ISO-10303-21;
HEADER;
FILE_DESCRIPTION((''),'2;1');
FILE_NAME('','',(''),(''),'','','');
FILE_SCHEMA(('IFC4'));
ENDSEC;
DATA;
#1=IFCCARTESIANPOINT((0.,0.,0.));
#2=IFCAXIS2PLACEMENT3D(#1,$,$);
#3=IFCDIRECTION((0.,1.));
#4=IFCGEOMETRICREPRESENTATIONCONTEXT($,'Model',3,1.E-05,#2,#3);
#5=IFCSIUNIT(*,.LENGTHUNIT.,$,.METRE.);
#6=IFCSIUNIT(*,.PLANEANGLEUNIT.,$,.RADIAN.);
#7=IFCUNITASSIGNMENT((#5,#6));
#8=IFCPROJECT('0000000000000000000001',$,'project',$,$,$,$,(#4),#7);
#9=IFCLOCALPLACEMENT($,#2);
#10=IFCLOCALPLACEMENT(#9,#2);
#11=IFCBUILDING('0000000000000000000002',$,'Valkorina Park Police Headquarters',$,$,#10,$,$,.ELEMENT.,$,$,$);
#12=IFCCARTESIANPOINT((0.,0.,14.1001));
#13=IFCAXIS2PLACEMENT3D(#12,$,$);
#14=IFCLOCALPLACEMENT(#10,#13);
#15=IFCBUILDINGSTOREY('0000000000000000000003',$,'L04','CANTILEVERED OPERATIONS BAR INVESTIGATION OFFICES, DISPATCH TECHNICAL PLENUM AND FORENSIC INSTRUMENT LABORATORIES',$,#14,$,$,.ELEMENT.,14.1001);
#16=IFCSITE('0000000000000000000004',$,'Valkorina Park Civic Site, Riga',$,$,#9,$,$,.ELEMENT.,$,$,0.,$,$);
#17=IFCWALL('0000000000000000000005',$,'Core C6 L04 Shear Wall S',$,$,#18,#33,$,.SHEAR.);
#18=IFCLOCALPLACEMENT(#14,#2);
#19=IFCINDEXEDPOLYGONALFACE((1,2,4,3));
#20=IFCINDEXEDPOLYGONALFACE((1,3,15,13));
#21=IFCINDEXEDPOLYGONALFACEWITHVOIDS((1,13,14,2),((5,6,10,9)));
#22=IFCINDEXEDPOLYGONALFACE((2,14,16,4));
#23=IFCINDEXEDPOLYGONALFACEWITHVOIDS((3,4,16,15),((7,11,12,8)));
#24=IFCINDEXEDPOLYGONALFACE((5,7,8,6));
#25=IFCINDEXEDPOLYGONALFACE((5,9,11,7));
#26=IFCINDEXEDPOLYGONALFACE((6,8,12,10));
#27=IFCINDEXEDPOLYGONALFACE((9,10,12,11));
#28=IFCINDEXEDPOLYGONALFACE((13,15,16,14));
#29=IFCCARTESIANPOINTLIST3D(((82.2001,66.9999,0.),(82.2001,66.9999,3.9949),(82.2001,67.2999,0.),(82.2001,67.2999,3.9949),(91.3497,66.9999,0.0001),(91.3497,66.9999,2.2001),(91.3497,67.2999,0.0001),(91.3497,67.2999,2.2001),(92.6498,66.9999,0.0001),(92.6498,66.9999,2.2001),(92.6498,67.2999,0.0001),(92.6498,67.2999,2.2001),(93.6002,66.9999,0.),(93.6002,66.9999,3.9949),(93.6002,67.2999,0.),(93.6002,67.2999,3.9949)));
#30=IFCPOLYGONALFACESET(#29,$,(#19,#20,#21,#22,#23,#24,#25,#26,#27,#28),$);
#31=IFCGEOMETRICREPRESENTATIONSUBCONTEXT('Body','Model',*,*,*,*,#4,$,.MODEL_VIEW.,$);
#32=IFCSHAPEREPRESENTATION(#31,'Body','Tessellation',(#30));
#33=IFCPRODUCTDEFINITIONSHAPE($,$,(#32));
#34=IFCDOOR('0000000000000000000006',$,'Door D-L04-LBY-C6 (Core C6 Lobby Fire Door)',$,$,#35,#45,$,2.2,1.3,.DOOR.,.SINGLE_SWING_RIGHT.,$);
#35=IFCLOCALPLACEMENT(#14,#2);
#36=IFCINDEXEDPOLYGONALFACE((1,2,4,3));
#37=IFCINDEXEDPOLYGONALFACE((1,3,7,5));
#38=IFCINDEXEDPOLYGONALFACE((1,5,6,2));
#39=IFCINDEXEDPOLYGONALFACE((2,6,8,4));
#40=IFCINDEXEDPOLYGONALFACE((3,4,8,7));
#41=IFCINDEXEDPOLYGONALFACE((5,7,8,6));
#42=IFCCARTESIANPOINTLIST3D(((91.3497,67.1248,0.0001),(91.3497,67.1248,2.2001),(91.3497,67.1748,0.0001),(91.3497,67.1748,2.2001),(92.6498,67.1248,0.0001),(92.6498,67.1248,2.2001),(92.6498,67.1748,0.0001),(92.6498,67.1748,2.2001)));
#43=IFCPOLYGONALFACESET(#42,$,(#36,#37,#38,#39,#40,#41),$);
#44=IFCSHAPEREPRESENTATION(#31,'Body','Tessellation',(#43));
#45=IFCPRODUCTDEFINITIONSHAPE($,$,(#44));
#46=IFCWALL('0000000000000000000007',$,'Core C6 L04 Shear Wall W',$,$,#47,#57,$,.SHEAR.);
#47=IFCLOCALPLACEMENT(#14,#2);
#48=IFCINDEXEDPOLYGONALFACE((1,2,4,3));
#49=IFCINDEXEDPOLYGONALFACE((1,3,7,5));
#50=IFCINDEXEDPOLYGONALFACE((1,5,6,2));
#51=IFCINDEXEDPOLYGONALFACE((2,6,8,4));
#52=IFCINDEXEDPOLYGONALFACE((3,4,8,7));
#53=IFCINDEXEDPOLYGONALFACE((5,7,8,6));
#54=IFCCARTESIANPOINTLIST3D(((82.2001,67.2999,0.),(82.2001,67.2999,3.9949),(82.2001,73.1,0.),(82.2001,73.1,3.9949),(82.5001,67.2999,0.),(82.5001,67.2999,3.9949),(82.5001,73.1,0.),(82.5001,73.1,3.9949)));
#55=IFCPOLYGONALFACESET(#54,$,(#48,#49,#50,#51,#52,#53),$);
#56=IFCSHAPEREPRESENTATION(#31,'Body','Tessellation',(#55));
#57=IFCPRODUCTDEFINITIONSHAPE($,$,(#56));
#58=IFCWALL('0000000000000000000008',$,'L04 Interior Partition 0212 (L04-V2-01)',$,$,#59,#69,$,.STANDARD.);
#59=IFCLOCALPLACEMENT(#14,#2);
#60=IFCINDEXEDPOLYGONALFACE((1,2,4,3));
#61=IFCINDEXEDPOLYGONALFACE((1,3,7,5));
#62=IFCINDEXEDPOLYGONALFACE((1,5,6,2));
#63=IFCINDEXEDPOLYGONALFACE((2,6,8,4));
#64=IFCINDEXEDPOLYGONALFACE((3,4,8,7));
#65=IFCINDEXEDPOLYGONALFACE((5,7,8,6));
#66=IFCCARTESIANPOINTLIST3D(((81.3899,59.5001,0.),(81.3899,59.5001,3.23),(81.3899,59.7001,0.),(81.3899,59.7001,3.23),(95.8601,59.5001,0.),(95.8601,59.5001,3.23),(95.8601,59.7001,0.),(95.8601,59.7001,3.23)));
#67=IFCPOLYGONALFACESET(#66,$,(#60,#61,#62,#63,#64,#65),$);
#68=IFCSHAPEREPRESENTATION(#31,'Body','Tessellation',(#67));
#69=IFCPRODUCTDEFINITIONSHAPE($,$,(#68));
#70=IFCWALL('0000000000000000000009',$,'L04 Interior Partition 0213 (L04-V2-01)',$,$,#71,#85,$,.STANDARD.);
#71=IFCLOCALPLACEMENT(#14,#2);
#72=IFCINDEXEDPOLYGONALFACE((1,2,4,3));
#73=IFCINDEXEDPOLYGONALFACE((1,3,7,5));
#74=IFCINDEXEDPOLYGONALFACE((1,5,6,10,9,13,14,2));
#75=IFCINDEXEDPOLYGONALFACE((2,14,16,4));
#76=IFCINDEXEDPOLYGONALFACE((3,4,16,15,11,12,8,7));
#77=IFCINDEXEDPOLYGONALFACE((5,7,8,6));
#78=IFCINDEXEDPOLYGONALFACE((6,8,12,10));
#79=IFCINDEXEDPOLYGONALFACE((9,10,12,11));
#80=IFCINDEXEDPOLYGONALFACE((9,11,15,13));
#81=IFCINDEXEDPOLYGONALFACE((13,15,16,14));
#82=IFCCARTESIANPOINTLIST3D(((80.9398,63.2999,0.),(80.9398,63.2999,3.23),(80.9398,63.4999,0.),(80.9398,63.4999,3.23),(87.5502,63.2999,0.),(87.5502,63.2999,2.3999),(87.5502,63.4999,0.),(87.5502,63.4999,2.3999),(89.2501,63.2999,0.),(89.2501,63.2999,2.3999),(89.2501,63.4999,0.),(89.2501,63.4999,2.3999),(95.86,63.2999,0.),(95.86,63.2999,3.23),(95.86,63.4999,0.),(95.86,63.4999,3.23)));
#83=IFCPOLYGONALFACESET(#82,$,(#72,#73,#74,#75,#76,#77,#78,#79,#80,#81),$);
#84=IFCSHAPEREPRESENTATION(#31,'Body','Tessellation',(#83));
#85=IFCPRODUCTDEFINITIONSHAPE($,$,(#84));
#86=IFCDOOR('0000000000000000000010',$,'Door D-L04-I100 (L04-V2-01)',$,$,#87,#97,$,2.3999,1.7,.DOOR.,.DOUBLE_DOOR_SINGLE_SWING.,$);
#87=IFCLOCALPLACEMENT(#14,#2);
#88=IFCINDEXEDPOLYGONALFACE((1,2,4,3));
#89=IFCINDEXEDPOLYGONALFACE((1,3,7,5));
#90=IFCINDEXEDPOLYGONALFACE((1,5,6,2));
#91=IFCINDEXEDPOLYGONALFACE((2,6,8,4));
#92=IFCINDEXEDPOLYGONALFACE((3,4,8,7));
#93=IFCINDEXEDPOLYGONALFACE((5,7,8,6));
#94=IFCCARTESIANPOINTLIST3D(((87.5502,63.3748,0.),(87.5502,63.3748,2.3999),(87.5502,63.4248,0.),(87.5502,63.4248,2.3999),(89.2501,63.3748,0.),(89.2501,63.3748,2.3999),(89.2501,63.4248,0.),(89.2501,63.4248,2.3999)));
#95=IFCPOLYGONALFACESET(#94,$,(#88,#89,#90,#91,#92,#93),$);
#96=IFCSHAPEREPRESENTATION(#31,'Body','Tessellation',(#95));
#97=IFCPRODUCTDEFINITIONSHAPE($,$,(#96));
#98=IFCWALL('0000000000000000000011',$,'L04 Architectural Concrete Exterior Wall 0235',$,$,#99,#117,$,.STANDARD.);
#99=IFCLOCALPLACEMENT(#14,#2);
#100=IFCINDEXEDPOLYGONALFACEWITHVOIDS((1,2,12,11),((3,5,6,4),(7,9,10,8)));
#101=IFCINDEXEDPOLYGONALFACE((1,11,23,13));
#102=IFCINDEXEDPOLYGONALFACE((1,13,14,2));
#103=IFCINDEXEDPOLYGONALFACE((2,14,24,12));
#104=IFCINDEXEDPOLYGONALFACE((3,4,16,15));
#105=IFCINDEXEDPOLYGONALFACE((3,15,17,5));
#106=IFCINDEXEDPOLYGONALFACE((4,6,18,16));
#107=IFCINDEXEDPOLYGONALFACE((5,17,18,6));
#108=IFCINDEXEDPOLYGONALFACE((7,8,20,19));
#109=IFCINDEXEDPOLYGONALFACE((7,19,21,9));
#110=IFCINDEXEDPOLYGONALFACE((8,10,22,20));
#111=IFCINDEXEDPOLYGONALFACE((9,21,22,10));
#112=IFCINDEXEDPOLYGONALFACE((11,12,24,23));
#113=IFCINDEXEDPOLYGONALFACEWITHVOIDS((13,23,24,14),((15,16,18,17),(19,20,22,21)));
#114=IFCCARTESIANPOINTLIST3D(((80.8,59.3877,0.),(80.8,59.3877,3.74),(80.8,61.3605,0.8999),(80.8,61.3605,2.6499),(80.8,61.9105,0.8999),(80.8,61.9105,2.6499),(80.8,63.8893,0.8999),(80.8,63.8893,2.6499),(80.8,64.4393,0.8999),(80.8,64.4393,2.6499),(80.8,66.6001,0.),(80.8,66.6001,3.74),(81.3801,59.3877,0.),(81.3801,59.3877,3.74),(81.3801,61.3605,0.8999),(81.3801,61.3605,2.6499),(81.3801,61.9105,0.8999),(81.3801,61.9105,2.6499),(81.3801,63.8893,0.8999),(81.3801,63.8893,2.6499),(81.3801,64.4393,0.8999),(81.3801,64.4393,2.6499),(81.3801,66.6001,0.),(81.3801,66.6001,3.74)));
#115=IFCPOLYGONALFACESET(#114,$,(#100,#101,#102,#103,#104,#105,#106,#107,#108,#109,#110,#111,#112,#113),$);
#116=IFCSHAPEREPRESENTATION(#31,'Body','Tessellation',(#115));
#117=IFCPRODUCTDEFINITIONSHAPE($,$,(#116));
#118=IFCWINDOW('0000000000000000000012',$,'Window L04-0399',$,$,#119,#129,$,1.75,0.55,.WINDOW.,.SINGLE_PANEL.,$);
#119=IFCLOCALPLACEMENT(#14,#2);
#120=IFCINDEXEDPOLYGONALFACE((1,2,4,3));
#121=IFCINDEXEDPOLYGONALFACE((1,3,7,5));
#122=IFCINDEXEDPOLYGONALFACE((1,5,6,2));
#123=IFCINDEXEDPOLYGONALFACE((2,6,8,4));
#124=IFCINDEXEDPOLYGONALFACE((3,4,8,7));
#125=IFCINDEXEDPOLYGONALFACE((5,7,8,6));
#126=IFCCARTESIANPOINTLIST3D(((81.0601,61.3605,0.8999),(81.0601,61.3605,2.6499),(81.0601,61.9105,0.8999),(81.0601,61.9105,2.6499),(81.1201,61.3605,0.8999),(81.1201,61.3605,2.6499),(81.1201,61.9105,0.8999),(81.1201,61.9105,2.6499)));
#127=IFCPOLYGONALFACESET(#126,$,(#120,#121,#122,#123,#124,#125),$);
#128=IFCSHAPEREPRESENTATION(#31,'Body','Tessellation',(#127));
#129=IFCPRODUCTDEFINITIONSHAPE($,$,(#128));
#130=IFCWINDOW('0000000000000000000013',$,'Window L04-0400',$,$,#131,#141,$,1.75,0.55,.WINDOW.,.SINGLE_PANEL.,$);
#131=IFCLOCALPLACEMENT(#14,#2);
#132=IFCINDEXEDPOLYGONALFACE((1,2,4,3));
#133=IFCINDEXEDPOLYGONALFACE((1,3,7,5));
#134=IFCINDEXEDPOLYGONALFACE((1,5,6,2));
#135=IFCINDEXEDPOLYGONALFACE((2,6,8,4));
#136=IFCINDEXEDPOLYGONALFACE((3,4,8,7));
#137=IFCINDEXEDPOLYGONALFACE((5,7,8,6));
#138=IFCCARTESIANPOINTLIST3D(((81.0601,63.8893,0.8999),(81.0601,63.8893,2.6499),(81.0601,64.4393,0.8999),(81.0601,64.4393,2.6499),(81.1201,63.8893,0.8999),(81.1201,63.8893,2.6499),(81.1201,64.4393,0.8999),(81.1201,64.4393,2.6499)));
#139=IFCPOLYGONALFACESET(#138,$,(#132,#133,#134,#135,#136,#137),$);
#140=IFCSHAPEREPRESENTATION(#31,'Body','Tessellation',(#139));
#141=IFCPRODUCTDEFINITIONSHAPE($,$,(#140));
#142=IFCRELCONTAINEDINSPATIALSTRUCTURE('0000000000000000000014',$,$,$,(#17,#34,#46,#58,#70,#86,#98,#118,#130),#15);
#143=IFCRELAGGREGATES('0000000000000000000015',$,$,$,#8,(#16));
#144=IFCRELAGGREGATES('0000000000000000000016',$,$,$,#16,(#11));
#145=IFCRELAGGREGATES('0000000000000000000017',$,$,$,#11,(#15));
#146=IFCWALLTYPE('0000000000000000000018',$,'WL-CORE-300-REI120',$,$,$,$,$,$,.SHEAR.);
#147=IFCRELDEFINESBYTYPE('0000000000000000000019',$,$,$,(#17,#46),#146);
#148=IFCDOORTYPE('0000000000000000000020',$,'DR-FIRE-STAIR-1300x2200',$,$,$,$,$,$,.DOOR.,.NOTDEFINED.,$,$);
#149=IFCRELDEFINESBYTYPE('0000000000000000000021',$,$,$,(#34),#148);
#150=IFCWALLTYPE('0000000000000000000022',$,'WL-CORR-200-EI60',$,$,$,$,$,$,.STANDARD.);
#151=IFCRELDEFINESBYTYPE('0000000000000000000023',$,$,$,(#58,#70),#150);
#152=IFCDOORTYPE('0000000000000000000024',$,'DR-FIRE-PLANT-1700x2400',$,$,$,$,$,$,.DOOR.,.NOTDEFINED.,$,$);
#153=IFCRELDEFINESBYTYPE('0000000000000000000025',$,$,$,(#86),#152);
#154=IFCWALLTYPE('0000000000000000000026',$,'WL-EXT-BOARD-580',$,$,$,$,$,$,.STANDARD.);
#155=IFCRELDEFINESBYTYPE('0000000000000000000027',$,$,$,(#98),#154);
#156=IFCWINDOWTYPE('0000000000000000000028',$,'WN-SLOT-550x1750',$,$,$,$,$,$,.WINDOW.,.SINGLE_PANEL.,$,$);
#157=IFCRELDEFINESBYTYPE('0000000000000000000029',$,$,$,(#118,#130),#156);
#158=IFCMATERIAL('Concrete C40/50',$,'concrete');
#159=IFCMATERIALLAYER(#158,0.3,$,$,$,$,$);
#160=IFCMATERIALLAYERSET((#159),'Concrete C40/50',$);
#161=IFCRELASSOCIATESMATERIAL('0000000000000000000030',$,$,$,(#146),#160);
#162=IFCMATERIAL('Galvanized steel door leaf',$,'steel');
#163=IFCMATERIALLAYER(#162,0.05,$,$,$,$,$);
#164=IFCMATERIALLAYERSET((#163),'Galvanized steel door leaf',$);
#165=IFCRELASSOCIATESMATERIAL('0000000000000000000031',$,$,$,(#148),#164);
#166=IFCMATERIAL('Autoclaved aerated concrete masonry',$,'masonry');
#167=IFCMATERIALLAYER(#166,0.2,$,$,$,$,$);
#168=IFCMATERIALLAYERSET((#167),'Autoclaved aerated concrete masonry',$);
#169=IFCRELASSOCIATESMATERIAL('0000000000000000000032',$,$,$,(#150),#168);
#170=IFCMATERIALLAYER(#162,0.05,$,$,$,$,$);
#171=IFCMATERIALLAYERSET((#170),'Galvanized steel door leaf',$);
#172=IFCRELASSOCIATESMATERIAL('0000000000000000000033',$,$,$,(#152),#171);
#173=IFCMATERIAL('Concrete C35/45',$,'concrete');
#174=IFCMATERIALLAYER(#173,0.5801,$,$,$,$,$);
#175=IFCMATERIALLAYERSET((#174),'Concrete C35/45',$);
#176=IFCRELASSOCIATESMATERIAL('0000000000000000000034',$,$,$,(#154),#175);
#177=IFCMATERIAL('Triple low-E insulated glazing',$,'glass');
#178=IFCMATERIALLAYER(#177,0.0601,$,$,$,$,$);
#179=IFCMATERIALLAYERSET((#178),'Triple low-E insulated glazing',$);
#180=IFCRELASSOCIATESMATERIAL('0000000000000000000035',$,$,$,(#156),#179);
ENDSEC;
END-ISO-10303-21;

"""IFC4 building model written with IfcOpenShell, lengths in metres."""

from ifc_helpers import new_model, si_unit, direction, frame, frame_2d, origin, place, context, subcontext, project, spatial, rectangle, extrude, material, layer, layer_set, type_object, element, fill, save


model = new_model("IFC4")

# Units and contexts
model_context = context("Model", 3, precision=1e-05, world=origin(), true_north=direction((0.0, 1.0)))
body_context = subcontext(model_context, "Body", "Model", "MODEL_VIEW")
ifc_project = project(units=[si_unit("LENGTHUNIT", "METRE"), si_unit("PLANEANGLEUNIT", "RADIAN")], contexts=[model_context])

# Site, building, storey
site_placement = place(None, origin())
site = spatial("IfcSite", under=ifc_project, at=site_placement, Name="Valkorina Park Civic Site, Riga", CompositionType="ELEMENT", RefElevation=0.0)
building_placement = place(site_placement, origin())
building = spatial("IfcBuilding", under=site, at=building_placement, Name="Valkorina Park Police Headquarters", CompositionType="ELEMENT")
storey_placement = place(building_placement, frame((0.0, 0.0, 14.1001)))
storey = spatial("IfcBuildingStorey", under=building, at=storey_placement, Name="L04", Description="CANTILEVERED OPERATIONS BAR INVESTIGATION OFFICES, DISPATCH TECHNICAL PLENUM AND FORENSIC INSTRUMENT LABORATORIES", CompositionType="ELEMENT", Elevation=14.1001)

# Wall, opening, door
ifc_material_1 = material(Name="Concrete C40/50", Category="concrete")
ifc_layer_1 = layer(ifc_material_1, 0.3)
ifc_layer_set_1 = layer_set([ifc_layer_1], Name="Concrete C40/50")
wall_type_1 = type_object("IfcWallType", Name="WL-CORE-300-REI120", PredefinedType="SHEAR", material=ifc_layer_set_1)
wall_1_placement = place(storey_placement, frame((82.2, 67.1499, 0.0), z_axis=(0.0, 0.0, 1.0), x_axis=(1.0, 0.0, 0.0)))
wall_1 = element("IfcWall", 1, at=wall_1_placement, inside=storey, type_object=wall_type_1, Name="Core C6 L04 Shear Wall S", PredefinedType="SHEAR", context=body_context, shape_type="SweptSolid", body=[
    extrude(rectangle(XDim=11.4001, YDim=0.3, at=frame_2d((5.7002, 0.0))), origin(), (0.0, 0.0, 1.0), 3.9949),
])
opening_1_placement = place(wall_1_placement, frame((9.1499, 0.0, 0.0)))
opening_1 = element("IfcOpeningElement", 2, at=opening_1_placement, cuts=wall_1, PredefinedType="OPENING", context=body_context, shape_type="SweptSolid", body=[
    extrude(rectangle(XDim=1.3, YDim=2.2, at=frame_2d((0.6499, 1.1001))), frame((0.0, 0.1602, 0.0), z_axis=(0.0, -1.0, 0.0), x_axis=(1.0, 0.0, 0.0)), (0.0, 0.0, 1.0), 0.3201),
])
ifc_material_2 = material(Name="Galvanized steel door leaf", Category="steel")
ifc_layer_2 = layer(ifc_material_2, 0.05)
ifc_layer_set_2 = layer_set([ifc_layer_2], Name="Galvanized steel door leaf")
door_type_1 = type_object("IfcDoorType", Name="DR-FIRE-STAIR-1300x2200", OperationType="NOTDEFINED", PredefinedType="DOOR", material=ifc_layer_set_2)
door_1_placement = place(opening_1_placement, origin())
door_1 = element("IfcDoor", 3, at=door_1_placement, inside=storey, type_object=door_type_1, Name="Door D-L04-LBY-C6 (Core C6 Lobby Fire Door)", OperationType="SINGLE_SWING_RIGHT", OverallHeight=2.2, OverallWidth=1.3, PredefinedType="DOOR", context=body_context, shape_type="SweptSolid", body=[
    extrude(rectangle(XDim=1.3, YDim=2.2, at=frame_2d((0.6499, 1.1001))), frame((0.0, 0.0249, 0.0), z_axis=(0.0, -1.0, 0.0), x_axis=(1.0, 0.0, 0.0)), (0.0, 0.0, 1.0), 0.05),
])
fill(opening_1, door_1)

# Walls
wall_2_placement = place(storey_placement, frame((82.3501, 67.3, 0.0), z_axis=(0.0, 0.0, 1.0), x_axis=(0.0, 1.0, 0.0)))
element("IfcWall", 4, at=wall_2_placement, inside=storey, type_object=wall_type_1, Name="Core C6 L04 Shear Wall W", PredefinedType="SHEAR", context=body_context, shape_type="SweptSolid", body=[
    extrude(rectangle(XDim=5.8, YDim=0.3, at=frame_2d((2.8999, 0.0))), origin(), (0.0, 0.0, 1.0), 3.9949),
])
ifc_material_3 = material(Name="Autoclaved aerated concrete masonry", Category="masonry")
ifc_layer_3 = layer(ifc_material_3, 0.2)
ifc_layer_set_3 = layer_set([ifc_layer_3], Name="Autoclaved aerated concrete masonry")
wall_type_2 = type_object("IfcWallType", Name="WL-CORR-200-EI60", PredefinedType="STANDARD", material=ifc_layer_set_3)
wall_3_placement = place(storey_placement, frame((81.3899, 59.6001, 0.0), z_axis=(0.0, 0.0, 1.0), x_axis=(1.0, 0.0, 0.0)))
element("IfcWall", 5, at=wall_3_placement, inside=storey, type_object=wall_type_2, Name="L04 Interior Partition 0212 (L04-V2-01)", PredefinedType="STANDARD", context=body_context, shape_type="SweptSolid", body=[
    extrude(rectangle(XDim=14.4702, YDim=0.2, at=frame_2d((7.2351, 0.0))), origin(), (0.0, 0.0, 1.0), 3.23),
])

# Wall, opening, door
wall_4_placement = place(storey_placement, frame((80.9399, 63.3999, 0.0), z_axis=(0.0, 0.0, 1.0), x_axis=(1.0, 0.0, 0.0)))
wall_4 = element("IfcWall", 6, at=wall_4_placement, inside=storey, type_object=wall_type_2, Name="L04 Interior Partition 0213 (L04-V2-01)", PredefinedType="STANDARD", context=body_context, shape_type="SweptSolid", body=[
    extrude(rectangle(XDim=14.9202, YDim=0.2, at=frame_2d((7.46, 0.0))), origin(), (0.0, 0.0, 1.0), 3.23),
])
opening_2_placement = place(wall_4_placement, frame((6.6101, 0.0, 0.0)))
opening_2 = element("IfcOpeningElement", 7, at=opening_2_placement, cuts=wall_4, PredefinedType="OPENING", context=body_context, shape_type="SweptSolid", body=[
    extrude(rectangle(XDim=1.7, YDim=2.3999, at=frame_2d((0.8501, 1.2))), frame((0.0, 0.1099, 0.0), z_axis=(0.0, -1.0, 0.0), x_axis=(1.0, 0.0, 0.0)), (0.0, 0.0, 1.0), 0.22),
])
ifc_layer_4 = layer(ifc_material_2, 0.05)
ifc_layer_set_4 = layer_set([ifc_layer_4], Name="Galvanized steel door leaf")
door_type_2 = type_object("IfcDoorType", Name="DR-FIRE-PLANT-1700x2400", OperationType="NOTDEFINED", PredefinedType="DOOR", material=ifc_layer_set_4)
door_2_placement = place(opening_2_placement, origin())
door_2 = element("IfcDoor", 8, at=door_2_placement, inside=storey, type_object=door_type_2, Name="Door D-L04-I100 (L04-V2-01)", OperationType="DOUBLE_DOOR_SINGLE_SWING", OverallHeight=2.3999, OverallWidth=1.7, PredefinedType="DOOR", context=body_context, shape_type="SweptSolid", body=[
    extrude(rectangle(XDim=1.7, YDim=2.3999, at=frame_2d((0.8501, 1.2))), frame((0.0, 0.0249, 0.0), z_axis=(0.0, -1.0, 0.0), x_axis=(1.0, 0.0, 0.0)), (0.0, 0.0, 1.0), 0.05),
])
fill(opening_2, door_2)

# Wall, openings, windows
ifc_material_4 = material(Name="Concrete C35/45", Category="concrete")
ifc_layer_5 = layer(ifc_material_4, 0.5801)
ifc_layer_set_5 = layer_set([ifc_layer_5], Name="Concrete C35/45")
wall_type_3 = type_object("IfcWallType", Name="WL-EXT-BOARD-580", PredefinedType="STANDARD", material=ifc_layer_set_5)
wall_5_placement = place(storey_placement, frame((81.0901, 59.3877, 0.0), z_axis=(0.0, 0.0, 1.0), x_axis=(0.0, 1.0, 0.0)))
wall_5 = element("IfcWall", 9, at=wall_5_placement, inside=storey, type_object=wall_type_3, Name="L04 Architectural Concrete Exterior Wall 0235", PredefinedType="STANDARD", context=body_context, shape_type="SweptSolid", body=[
    extrude(rectangle(XDim=7.2124, YDim=0.5801, at=frame_2d((3.6062, 0.0))), origin(), (0.0, 0.0, 1.0), 3.74),
])
opening_3_placement = place(wall_5_placement, frame((1.9729, 0.0, 0.8999)))
opening_3 = element("IfcOpeningElement", 10, at=opening_3_placement, cuts=wall_5, PredefinedType="OPENING", context=body_context, shape_type="SweptSolid", body=[
    extrude(rectangle(XDim=0.55, YDim=1.75, at=frame_2d((0.2749, 0.875))), frame((0.0, 0.3, 0.0), z_axis=(0.0, -1.0, 0.0), x_axis=(1.0, 0.0, 0.0)), (0.0, 0.0, 1.0), 0.6001),
])
opening_4_placement = place(wall_5_placement, frame((4.5017, 0.0, 0.8999)))
opening_4 = element("IfcOpeningElement", 11, at=opening_4_placement, cuts=wall_5, PredefinedType="OPENING", context=body_context, shape_type="SweptSolid", body=[
    extrude(rectangle(XDim=0.55, YDim=1.75, at=frame_2d((0.2749, 0.875))), frame((0.0, 0.3, 0.0), z_axis=(0.0, -1.0, 0.0), x_axis=(1.0, 0.0, 0.0)), (0.0, 0.0, 1.0), 0.6001),
])
ifc_material_5 = material(Name="Triple low-E insulated glazing", Category="glass")
ifc_layer_6 = layer(ifc_material_5, 0.0601)
ifc_layer_set_6 = layer_set([ifc_layer_6], Name="Triple low-E insulated glazing")
window_type_1 = type_object("IfcWindowType", Name="WN-SLOT-550x1750", PartitioningType="SINGLE_PANEL", PredefinedType="WINDOW", material=ifc_layer_set_6)
window_1_placement = place(opening_3_placement, origin())
window_1 = element("IfcWindow", 12, at=window_1_placement, inside=storey, type_object=window_type_1, Name="Window L04-0399", OverallHeight=1.75, OverallWidth=0.55, PartitioningType="SINGLE_PANEL", PredefinedType="WINDOW", context=body_context, shape_type="SweptSolid", body=[
    extrude(rectangle(XDim=0.55, YDim=1.75, at=frame_2d((0.2749, 0.875))), frame((0.0, 0.03, 0.0), z_axis=(0.0, -1.0, 0.0), x_axis=(1.0, 0.0, 0.0)), (0.0, 0.0, 1.0), 0.0601),
])
fill(opening_3, window_1)
window_2_placement = place(opening_4_placement, origin())
window_2 = element("IfcWindow", 13, at=window_2_placement, inside=storey, type_object=window_type_1, Name="Window L04-0400", OverallHeight=1.75, OverallWidth=0.55, PartitioningType="SINGLE_PANEL", PredefinedType="WINDOW", context=body_context, shape_type="SweptSolid", body=[
    extrude(rectangle(XDim=0.55, YDim=1.75, at=frame_2d((0.2749, 0.875))), frame((0.0, 0.03, 0.0), z_axis=(0.0, -1.0, 0.0), x_axis=(1.0, 0.0, 0.0)), (0.0, 0.0, 1.0), 0.0601),
])
fill(opening_4, window_2)

save(model, "model.ifc")
